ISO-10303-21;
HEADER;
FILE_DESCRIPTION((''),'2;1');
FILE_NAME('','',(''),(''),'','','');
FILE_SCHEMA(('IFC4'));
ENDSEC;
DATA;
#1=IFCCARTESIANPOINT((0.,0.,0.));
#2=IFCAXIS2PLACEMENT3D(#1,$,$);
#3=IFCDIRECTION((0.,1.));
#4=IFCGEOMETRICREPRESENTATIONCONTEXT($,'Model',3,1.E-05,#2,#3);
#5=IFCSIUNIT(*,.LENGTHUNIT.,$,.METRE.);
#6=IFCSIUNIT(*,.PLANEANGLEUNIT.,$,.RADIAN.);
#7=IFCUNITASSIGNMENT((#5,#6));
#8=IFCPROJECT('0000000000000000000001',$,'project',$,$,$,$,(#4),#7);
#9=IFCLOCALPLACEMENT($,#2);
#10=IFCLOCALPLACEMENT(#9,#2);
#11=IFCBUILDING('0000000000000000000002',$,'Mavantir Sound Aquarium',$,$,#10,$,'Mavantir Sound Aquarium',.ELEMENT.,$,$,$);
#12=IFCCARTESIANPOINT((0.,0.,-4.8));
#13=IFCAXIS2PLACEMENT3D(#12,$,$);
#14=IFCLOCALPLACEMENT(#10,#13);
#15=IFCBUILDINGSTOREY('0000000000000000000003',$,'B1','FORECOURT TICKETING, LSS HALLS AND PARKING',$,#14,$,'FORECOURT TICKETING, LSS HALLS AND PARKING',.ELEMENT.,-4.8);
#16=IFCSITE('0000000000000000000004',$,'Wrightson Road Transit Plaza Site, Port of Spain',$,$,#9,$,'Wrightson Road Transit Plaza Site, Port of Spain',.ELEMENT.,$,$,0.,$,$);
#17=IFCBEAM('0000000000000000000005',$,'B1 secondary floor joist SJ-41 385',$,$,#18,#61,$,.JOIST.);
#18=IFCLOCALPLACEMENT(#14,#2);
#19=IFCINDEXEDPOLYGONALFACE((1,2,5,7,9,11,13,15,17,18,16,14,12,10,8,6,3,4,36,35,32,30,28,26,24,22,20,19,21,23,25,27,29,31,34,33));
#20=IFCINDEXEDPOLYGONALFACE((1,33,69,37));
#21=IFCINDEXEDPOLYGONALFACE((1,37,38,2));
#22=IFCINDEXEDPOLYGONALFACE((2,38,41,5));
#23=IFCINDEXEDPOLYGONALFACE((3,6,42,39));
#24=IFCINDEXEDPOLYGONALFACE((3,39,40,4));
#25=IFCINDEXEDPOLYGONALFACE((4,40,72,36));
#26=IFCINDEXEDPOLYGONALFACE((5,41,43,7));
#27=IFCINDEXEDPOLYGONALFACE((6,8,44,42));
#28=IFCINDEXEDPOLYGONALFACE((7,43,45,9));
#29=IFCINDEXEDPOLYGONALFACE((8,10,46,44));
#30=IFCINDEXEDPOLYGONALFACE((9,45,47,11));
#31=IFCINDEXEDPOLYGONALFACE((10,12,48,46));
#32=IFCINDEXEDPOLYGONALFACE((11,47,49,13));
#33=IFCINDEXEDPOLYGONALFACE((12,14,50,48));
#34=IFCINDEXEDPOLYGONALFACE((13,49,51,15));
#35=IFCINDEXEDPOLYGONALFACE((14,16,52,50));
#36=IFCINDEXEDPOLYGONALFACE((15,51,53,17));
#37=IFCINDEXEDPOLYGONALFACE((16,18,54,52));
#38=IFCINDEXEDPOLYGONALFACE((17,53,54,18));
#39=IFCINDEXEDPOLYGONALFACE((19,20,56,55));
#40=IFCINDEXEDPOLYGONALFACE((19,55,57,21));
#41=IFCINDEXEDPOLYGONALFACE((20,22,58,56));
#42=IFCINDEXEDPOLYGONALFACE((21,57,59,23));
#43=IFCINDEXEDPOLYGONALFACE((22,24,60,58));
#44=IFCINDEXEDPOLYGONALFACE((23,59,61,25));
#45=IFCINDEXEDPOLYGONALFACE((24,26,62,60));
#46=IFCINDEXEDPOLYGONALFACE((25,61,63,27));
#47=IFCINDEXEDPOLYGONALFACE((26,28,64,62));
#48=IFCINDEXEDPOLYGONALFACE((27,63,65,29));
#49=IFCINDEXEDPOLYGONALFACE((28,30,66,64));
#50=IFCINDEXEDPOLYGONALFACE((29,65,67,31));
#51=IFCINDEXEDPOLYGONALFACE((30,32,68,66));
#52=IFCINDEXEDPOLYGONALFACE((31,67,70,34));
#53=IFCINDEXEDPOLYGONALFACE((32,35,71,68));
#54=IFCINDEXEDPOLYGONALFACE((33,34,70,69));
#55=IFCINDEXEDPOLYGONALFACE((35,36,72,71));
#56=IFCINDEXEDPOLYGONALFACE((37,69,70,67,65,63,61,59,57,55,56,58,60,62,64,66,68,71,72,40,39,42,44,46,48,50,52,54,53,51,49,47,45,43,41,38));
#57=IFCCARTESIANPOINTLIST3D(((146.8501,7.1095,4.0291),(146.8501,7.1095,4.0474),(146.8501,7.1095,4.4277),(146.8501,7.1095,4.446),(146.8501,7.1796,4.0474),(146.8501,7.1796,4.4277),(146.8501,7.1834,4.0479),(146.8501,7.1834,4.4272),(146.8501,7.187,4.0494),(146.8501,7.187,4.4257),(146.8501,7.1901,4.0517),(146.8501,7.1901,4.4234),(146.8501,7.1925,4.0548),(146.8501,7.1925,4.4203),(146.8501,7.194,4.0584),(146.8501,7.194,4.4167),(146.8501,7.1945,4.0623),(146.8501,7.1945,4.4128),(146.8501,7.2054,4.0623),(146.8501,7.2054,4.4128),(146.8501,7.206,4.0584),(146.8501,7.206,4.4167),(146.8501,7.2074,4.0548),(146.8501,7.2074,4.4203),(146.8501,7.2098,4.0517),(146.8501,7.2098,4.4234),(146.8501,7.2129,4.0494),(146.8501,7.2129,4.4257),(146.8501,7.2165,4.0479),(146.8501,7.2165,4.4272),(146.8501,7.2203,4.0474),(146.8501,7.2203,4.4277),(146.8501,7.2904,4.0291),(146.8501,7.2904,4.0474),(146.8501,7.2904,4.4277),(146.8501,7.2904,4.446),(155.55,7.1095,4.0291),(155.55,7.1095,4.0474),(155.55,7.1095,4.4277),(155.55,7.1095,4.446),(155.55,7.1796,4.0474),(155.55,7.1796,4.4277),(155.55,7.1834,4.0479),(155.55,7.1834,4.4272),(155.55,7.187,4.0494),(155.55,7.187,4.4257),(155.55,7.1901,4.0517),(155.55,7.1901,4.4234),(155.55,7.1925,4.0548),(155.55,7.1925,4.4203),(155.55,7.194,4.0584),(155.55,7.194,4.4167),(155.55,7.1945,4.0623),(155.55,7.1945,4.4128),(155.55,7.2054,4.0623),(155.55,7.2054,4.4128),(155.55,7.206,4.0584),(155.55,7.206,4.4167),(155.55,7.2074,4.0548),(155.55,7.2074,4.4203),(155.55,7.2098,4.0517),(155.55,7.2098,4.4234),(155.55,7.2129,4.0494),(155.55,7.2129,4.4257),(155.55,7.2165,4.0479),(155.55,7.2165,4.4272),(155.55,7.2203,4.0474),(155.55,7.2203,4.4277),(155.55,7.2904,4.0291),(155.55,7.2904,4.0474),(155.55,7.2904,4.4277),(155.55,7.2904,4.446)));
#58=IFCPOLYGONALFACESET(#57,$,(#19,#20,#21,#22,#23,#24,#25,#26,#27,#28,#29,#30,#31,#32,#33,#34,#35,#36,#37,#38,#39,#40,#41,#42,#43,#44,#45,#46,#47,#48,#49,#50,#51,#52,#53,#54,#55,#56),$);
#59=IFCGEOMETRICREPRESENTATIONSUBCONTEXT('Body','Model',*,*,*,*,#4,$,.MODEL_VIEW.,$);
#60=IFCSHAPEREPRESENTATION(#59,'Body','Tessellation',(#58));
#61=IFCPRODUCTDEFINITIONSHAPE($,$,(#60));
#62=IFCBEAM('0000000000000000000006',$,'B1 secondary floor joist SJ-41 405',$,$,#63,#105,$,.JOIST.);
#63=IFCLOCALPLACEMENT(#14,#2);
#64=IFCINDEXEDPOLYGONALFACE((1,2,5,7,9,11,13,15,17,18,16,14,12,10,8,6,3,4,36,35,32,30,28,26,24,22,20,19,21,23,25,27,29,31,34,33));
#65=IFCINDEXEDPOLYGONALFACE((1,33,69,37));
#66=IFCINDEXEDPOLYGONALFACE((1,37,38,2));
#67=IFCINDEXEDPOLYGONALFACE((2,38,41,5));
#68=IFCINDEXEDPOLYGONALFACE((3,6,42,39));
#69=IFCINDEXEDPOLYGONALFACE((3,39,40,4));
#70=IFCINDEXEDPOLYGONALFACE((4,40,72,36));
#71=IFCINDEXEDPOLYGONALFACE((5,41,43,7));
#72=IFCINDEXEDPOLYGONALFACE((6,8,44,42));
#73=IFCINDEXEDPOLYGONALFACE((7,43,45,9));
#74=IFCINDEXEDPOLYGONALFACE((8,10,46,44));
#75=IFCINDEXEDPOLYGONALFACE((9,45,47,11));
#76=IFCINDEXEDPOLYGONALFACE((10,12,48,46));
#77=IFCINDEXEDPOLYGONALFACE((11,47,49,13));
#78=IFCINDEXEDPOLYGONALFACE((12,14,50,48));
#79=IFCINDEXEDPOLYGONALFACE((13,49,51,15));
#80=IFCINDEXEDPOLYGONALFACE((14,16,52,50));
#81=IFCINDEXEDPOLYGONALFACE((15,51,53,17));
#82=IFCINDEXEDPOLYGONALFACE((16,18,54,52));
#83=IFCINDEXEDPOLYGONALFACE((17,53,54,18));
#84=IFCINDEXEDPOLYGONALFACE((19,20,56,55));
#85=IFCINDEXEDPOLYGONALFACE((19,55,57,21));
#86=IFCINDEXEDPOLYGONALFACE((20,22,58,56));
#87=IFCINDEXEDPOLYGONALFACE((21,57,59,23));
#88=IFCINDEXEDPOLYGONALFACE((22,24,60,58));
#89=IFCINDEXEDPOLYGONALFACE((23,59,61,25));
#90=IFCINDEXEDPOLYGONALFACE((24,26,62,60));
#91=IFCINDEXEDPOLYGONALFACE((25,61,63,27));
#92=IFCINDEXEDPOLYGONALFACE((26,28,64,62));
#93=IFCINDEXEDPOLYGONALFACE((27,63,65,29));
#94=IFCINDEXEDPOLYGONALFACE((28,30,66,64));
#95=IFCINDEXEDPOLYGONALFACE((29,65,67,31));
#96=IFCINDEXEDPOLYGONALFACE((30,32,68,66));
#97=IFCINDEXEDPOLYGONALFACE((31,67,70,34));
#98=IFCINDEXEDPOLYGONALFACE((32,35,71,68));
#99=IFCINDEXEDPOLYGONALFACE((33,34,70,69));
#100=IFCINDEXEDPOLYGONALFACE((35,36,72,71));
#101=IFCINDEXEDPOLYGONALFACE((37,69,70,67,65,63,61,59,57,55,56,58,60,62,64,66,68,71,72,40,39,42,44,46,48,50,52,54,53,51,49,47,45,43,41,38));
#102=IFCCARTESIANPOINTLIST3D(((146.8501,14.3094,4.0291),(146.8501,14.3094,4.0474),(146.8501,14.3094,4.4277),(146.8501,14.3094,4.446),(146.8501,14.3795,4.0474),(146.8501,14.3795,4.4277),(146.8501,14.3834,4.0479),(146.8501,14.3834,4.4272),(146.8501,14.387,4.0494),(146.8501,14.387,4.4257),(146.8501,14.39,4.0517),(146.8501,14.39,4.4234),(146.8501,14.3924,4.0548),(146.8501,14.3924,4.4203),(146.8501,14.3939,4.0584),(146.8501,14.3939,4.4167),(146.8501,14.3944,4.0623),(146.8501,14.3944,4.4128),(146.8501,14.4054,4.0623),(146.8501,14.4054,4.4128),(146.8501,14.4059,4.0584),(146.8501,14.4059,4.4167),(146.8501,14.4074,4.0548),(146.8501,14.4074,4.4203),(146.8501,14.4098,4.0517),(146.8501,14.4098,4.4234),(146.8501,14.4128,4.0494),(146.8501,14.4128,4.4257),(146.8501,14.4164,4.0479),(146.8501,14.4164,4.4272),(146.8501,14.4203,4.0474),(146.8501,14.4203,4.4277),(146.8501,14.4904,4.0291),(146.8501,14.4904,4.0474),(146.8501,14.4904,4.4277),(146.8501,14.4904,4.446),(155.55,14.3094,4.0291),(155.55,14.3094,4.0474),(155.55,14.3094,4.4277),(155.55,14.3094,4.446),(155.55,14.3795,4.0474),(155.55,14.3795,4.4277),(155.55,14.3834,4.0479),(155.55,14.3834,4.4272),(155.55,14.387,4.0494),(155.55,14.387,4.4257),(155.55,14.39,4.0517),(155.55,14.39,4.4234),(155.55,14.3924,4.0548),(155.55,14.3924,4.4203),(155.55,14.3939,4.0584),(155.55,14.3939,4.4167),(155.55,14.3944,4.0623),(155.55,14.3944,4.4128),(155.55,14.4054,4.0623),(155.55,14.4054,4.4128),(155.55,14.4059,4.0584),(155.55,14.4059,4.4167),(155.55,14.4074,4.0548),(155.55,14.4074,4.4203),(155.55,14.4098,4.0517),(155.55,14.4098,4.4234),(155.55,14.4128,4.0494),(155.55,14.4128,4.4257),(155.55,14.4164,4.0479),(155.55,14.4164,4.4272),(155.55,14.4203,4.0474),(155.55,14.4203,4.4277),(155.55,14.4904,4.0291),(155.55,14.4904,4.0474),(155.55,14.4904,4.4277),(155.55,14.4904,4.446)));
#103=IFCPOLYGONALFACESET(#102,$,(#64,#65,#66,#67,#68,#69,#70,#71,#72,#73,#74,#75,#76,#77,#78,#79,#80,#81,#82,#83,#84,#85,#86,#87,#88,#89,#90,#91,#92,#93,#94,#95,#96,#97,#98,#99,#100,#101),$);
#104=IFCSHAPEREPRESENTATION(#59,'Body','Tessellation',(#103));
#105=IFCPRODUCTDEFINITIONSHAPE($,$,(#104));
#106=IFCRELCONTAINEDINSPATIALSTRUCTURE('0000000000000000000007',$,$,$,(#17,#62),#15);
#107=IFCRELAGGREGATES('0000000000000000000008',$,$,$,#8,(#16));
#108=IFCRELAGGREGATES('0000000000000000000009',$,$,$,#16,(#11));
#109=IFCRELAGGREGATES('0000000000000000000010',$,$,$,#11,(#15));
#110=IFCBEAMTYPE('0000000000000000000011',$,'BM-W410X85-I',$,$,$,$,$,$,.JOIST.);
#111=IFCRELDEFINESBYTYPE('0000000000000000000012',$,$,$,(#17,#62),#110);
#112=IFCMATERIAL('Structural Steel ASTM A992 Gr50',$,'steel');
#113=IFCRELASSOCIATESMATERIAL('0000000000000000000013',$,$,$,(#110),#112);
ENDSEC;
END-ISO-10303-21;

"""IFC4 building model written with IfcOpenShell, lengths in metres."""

from ifc_helpers import new_model, si_unit, direction, frame, origin, origin_2d, place, context, subcontext, project, spatial, i_section, extrude, material, material_profile, profile_set, type_object, element, save


model = new_model("IFC4")

# Units and contexts
model_context = context("Model", 3, precision=1e-05, world=origin(), true_north=direction((0.0, 1.0)))
body_context = subcontext(model_context, "Body", "Model", "MODEL_VIEW")
ifc_project = project(units=[si_unit("LENGTHUNIT", "METRE"), si_unit("PLANEANGLEUNIT", "RADIAN")], contexts=[model_context])

# Site, building, storey
site_placement = place(None, origin())
site = spatial("IfcSite", under=ifc_project, at=site_placement, Name="Wrightson Road Transit Plaza Site, Port of Spain", LongName="Wrightson Road Transit Plaza Site, Port of Spain", CompositionType="ELEMENT", RefElevation=0.0)
building_placement = place(site_placement, origin())
building = spatial("IfcBuilding", under=site, at=building_placement, Name="Mavantir Sound Aquarium", LongName="Mavantir Sound Aquarium", CompositionType="ELEMENT")
storey_placement = place(building_placement, frame((0.0, 0.0, -4.8)))
storey = spatial("IfcBuildingStorey", under=building, at=storey_placement, Name="B1", Description="FORECOURT TICKETING, LSS HALLS AND PARKING", LongName="FORECOURT TICKETING, LSS HALLS AND PARKING", CompositionType="ELEMENT", Elevation=-4.8)

# Beams
ifc_material_1 = material(Name="Structural Steel ASTM A992 Gr50", Category="steel")
ifc_material_profile_1 = material_profile(ifc_material_1, i_section(OverallWidth=0.1809, OverallDepth=0.417, WebThickness=0.011, FlangeThickness=0.0183, FilletRadius=0.0149, at=origin_2d()), Name="W410X85")
ifc_profile_set_1 = profile_set([ifc_material_profile_1], Name="Structural Steel ASTM A992 Gr50")
beam_type_1 = type_object("IfcBeamType", Name="BM-W410X85-I", PredefinedType="JOIST", material=ifc_profile_set_1)
for number, where, z_axis, x_axis, name in (
    (1, (146.8501, 7.2, 4.2375), (1.0, 0.0, 0.0), (0.0, 1.0, 0.0), "B1 secondary floor joist SJ-41 385"),
    (2, (146.8501, 14.3999, 4.2375), (1.0, 0.0, 0.0), (0.0, 1.0, 0.0), "B1 secondary floor joist SJ-41 405"),
):
    element("IfcBeam", number, at=place(storey_placement, frame(where, z_axis=z_axis, x_axis=x_axis)), inside=storey, type_object=beam_type_1, Name=name, PredefinedType="JOIST", context=body_context, shape_type="SweptSolid", body=[
        extrude(i_section(OverallWidth=0.1809, OverallDepth=0.417, WebThickness=0.011, FlangeThickness=0.0183, FilletRadius=0.0149, at=origin_2d()), origin(), (0.0, 0.0, 1.0), 8.7),
    ])

save(model, "model.ifc")
